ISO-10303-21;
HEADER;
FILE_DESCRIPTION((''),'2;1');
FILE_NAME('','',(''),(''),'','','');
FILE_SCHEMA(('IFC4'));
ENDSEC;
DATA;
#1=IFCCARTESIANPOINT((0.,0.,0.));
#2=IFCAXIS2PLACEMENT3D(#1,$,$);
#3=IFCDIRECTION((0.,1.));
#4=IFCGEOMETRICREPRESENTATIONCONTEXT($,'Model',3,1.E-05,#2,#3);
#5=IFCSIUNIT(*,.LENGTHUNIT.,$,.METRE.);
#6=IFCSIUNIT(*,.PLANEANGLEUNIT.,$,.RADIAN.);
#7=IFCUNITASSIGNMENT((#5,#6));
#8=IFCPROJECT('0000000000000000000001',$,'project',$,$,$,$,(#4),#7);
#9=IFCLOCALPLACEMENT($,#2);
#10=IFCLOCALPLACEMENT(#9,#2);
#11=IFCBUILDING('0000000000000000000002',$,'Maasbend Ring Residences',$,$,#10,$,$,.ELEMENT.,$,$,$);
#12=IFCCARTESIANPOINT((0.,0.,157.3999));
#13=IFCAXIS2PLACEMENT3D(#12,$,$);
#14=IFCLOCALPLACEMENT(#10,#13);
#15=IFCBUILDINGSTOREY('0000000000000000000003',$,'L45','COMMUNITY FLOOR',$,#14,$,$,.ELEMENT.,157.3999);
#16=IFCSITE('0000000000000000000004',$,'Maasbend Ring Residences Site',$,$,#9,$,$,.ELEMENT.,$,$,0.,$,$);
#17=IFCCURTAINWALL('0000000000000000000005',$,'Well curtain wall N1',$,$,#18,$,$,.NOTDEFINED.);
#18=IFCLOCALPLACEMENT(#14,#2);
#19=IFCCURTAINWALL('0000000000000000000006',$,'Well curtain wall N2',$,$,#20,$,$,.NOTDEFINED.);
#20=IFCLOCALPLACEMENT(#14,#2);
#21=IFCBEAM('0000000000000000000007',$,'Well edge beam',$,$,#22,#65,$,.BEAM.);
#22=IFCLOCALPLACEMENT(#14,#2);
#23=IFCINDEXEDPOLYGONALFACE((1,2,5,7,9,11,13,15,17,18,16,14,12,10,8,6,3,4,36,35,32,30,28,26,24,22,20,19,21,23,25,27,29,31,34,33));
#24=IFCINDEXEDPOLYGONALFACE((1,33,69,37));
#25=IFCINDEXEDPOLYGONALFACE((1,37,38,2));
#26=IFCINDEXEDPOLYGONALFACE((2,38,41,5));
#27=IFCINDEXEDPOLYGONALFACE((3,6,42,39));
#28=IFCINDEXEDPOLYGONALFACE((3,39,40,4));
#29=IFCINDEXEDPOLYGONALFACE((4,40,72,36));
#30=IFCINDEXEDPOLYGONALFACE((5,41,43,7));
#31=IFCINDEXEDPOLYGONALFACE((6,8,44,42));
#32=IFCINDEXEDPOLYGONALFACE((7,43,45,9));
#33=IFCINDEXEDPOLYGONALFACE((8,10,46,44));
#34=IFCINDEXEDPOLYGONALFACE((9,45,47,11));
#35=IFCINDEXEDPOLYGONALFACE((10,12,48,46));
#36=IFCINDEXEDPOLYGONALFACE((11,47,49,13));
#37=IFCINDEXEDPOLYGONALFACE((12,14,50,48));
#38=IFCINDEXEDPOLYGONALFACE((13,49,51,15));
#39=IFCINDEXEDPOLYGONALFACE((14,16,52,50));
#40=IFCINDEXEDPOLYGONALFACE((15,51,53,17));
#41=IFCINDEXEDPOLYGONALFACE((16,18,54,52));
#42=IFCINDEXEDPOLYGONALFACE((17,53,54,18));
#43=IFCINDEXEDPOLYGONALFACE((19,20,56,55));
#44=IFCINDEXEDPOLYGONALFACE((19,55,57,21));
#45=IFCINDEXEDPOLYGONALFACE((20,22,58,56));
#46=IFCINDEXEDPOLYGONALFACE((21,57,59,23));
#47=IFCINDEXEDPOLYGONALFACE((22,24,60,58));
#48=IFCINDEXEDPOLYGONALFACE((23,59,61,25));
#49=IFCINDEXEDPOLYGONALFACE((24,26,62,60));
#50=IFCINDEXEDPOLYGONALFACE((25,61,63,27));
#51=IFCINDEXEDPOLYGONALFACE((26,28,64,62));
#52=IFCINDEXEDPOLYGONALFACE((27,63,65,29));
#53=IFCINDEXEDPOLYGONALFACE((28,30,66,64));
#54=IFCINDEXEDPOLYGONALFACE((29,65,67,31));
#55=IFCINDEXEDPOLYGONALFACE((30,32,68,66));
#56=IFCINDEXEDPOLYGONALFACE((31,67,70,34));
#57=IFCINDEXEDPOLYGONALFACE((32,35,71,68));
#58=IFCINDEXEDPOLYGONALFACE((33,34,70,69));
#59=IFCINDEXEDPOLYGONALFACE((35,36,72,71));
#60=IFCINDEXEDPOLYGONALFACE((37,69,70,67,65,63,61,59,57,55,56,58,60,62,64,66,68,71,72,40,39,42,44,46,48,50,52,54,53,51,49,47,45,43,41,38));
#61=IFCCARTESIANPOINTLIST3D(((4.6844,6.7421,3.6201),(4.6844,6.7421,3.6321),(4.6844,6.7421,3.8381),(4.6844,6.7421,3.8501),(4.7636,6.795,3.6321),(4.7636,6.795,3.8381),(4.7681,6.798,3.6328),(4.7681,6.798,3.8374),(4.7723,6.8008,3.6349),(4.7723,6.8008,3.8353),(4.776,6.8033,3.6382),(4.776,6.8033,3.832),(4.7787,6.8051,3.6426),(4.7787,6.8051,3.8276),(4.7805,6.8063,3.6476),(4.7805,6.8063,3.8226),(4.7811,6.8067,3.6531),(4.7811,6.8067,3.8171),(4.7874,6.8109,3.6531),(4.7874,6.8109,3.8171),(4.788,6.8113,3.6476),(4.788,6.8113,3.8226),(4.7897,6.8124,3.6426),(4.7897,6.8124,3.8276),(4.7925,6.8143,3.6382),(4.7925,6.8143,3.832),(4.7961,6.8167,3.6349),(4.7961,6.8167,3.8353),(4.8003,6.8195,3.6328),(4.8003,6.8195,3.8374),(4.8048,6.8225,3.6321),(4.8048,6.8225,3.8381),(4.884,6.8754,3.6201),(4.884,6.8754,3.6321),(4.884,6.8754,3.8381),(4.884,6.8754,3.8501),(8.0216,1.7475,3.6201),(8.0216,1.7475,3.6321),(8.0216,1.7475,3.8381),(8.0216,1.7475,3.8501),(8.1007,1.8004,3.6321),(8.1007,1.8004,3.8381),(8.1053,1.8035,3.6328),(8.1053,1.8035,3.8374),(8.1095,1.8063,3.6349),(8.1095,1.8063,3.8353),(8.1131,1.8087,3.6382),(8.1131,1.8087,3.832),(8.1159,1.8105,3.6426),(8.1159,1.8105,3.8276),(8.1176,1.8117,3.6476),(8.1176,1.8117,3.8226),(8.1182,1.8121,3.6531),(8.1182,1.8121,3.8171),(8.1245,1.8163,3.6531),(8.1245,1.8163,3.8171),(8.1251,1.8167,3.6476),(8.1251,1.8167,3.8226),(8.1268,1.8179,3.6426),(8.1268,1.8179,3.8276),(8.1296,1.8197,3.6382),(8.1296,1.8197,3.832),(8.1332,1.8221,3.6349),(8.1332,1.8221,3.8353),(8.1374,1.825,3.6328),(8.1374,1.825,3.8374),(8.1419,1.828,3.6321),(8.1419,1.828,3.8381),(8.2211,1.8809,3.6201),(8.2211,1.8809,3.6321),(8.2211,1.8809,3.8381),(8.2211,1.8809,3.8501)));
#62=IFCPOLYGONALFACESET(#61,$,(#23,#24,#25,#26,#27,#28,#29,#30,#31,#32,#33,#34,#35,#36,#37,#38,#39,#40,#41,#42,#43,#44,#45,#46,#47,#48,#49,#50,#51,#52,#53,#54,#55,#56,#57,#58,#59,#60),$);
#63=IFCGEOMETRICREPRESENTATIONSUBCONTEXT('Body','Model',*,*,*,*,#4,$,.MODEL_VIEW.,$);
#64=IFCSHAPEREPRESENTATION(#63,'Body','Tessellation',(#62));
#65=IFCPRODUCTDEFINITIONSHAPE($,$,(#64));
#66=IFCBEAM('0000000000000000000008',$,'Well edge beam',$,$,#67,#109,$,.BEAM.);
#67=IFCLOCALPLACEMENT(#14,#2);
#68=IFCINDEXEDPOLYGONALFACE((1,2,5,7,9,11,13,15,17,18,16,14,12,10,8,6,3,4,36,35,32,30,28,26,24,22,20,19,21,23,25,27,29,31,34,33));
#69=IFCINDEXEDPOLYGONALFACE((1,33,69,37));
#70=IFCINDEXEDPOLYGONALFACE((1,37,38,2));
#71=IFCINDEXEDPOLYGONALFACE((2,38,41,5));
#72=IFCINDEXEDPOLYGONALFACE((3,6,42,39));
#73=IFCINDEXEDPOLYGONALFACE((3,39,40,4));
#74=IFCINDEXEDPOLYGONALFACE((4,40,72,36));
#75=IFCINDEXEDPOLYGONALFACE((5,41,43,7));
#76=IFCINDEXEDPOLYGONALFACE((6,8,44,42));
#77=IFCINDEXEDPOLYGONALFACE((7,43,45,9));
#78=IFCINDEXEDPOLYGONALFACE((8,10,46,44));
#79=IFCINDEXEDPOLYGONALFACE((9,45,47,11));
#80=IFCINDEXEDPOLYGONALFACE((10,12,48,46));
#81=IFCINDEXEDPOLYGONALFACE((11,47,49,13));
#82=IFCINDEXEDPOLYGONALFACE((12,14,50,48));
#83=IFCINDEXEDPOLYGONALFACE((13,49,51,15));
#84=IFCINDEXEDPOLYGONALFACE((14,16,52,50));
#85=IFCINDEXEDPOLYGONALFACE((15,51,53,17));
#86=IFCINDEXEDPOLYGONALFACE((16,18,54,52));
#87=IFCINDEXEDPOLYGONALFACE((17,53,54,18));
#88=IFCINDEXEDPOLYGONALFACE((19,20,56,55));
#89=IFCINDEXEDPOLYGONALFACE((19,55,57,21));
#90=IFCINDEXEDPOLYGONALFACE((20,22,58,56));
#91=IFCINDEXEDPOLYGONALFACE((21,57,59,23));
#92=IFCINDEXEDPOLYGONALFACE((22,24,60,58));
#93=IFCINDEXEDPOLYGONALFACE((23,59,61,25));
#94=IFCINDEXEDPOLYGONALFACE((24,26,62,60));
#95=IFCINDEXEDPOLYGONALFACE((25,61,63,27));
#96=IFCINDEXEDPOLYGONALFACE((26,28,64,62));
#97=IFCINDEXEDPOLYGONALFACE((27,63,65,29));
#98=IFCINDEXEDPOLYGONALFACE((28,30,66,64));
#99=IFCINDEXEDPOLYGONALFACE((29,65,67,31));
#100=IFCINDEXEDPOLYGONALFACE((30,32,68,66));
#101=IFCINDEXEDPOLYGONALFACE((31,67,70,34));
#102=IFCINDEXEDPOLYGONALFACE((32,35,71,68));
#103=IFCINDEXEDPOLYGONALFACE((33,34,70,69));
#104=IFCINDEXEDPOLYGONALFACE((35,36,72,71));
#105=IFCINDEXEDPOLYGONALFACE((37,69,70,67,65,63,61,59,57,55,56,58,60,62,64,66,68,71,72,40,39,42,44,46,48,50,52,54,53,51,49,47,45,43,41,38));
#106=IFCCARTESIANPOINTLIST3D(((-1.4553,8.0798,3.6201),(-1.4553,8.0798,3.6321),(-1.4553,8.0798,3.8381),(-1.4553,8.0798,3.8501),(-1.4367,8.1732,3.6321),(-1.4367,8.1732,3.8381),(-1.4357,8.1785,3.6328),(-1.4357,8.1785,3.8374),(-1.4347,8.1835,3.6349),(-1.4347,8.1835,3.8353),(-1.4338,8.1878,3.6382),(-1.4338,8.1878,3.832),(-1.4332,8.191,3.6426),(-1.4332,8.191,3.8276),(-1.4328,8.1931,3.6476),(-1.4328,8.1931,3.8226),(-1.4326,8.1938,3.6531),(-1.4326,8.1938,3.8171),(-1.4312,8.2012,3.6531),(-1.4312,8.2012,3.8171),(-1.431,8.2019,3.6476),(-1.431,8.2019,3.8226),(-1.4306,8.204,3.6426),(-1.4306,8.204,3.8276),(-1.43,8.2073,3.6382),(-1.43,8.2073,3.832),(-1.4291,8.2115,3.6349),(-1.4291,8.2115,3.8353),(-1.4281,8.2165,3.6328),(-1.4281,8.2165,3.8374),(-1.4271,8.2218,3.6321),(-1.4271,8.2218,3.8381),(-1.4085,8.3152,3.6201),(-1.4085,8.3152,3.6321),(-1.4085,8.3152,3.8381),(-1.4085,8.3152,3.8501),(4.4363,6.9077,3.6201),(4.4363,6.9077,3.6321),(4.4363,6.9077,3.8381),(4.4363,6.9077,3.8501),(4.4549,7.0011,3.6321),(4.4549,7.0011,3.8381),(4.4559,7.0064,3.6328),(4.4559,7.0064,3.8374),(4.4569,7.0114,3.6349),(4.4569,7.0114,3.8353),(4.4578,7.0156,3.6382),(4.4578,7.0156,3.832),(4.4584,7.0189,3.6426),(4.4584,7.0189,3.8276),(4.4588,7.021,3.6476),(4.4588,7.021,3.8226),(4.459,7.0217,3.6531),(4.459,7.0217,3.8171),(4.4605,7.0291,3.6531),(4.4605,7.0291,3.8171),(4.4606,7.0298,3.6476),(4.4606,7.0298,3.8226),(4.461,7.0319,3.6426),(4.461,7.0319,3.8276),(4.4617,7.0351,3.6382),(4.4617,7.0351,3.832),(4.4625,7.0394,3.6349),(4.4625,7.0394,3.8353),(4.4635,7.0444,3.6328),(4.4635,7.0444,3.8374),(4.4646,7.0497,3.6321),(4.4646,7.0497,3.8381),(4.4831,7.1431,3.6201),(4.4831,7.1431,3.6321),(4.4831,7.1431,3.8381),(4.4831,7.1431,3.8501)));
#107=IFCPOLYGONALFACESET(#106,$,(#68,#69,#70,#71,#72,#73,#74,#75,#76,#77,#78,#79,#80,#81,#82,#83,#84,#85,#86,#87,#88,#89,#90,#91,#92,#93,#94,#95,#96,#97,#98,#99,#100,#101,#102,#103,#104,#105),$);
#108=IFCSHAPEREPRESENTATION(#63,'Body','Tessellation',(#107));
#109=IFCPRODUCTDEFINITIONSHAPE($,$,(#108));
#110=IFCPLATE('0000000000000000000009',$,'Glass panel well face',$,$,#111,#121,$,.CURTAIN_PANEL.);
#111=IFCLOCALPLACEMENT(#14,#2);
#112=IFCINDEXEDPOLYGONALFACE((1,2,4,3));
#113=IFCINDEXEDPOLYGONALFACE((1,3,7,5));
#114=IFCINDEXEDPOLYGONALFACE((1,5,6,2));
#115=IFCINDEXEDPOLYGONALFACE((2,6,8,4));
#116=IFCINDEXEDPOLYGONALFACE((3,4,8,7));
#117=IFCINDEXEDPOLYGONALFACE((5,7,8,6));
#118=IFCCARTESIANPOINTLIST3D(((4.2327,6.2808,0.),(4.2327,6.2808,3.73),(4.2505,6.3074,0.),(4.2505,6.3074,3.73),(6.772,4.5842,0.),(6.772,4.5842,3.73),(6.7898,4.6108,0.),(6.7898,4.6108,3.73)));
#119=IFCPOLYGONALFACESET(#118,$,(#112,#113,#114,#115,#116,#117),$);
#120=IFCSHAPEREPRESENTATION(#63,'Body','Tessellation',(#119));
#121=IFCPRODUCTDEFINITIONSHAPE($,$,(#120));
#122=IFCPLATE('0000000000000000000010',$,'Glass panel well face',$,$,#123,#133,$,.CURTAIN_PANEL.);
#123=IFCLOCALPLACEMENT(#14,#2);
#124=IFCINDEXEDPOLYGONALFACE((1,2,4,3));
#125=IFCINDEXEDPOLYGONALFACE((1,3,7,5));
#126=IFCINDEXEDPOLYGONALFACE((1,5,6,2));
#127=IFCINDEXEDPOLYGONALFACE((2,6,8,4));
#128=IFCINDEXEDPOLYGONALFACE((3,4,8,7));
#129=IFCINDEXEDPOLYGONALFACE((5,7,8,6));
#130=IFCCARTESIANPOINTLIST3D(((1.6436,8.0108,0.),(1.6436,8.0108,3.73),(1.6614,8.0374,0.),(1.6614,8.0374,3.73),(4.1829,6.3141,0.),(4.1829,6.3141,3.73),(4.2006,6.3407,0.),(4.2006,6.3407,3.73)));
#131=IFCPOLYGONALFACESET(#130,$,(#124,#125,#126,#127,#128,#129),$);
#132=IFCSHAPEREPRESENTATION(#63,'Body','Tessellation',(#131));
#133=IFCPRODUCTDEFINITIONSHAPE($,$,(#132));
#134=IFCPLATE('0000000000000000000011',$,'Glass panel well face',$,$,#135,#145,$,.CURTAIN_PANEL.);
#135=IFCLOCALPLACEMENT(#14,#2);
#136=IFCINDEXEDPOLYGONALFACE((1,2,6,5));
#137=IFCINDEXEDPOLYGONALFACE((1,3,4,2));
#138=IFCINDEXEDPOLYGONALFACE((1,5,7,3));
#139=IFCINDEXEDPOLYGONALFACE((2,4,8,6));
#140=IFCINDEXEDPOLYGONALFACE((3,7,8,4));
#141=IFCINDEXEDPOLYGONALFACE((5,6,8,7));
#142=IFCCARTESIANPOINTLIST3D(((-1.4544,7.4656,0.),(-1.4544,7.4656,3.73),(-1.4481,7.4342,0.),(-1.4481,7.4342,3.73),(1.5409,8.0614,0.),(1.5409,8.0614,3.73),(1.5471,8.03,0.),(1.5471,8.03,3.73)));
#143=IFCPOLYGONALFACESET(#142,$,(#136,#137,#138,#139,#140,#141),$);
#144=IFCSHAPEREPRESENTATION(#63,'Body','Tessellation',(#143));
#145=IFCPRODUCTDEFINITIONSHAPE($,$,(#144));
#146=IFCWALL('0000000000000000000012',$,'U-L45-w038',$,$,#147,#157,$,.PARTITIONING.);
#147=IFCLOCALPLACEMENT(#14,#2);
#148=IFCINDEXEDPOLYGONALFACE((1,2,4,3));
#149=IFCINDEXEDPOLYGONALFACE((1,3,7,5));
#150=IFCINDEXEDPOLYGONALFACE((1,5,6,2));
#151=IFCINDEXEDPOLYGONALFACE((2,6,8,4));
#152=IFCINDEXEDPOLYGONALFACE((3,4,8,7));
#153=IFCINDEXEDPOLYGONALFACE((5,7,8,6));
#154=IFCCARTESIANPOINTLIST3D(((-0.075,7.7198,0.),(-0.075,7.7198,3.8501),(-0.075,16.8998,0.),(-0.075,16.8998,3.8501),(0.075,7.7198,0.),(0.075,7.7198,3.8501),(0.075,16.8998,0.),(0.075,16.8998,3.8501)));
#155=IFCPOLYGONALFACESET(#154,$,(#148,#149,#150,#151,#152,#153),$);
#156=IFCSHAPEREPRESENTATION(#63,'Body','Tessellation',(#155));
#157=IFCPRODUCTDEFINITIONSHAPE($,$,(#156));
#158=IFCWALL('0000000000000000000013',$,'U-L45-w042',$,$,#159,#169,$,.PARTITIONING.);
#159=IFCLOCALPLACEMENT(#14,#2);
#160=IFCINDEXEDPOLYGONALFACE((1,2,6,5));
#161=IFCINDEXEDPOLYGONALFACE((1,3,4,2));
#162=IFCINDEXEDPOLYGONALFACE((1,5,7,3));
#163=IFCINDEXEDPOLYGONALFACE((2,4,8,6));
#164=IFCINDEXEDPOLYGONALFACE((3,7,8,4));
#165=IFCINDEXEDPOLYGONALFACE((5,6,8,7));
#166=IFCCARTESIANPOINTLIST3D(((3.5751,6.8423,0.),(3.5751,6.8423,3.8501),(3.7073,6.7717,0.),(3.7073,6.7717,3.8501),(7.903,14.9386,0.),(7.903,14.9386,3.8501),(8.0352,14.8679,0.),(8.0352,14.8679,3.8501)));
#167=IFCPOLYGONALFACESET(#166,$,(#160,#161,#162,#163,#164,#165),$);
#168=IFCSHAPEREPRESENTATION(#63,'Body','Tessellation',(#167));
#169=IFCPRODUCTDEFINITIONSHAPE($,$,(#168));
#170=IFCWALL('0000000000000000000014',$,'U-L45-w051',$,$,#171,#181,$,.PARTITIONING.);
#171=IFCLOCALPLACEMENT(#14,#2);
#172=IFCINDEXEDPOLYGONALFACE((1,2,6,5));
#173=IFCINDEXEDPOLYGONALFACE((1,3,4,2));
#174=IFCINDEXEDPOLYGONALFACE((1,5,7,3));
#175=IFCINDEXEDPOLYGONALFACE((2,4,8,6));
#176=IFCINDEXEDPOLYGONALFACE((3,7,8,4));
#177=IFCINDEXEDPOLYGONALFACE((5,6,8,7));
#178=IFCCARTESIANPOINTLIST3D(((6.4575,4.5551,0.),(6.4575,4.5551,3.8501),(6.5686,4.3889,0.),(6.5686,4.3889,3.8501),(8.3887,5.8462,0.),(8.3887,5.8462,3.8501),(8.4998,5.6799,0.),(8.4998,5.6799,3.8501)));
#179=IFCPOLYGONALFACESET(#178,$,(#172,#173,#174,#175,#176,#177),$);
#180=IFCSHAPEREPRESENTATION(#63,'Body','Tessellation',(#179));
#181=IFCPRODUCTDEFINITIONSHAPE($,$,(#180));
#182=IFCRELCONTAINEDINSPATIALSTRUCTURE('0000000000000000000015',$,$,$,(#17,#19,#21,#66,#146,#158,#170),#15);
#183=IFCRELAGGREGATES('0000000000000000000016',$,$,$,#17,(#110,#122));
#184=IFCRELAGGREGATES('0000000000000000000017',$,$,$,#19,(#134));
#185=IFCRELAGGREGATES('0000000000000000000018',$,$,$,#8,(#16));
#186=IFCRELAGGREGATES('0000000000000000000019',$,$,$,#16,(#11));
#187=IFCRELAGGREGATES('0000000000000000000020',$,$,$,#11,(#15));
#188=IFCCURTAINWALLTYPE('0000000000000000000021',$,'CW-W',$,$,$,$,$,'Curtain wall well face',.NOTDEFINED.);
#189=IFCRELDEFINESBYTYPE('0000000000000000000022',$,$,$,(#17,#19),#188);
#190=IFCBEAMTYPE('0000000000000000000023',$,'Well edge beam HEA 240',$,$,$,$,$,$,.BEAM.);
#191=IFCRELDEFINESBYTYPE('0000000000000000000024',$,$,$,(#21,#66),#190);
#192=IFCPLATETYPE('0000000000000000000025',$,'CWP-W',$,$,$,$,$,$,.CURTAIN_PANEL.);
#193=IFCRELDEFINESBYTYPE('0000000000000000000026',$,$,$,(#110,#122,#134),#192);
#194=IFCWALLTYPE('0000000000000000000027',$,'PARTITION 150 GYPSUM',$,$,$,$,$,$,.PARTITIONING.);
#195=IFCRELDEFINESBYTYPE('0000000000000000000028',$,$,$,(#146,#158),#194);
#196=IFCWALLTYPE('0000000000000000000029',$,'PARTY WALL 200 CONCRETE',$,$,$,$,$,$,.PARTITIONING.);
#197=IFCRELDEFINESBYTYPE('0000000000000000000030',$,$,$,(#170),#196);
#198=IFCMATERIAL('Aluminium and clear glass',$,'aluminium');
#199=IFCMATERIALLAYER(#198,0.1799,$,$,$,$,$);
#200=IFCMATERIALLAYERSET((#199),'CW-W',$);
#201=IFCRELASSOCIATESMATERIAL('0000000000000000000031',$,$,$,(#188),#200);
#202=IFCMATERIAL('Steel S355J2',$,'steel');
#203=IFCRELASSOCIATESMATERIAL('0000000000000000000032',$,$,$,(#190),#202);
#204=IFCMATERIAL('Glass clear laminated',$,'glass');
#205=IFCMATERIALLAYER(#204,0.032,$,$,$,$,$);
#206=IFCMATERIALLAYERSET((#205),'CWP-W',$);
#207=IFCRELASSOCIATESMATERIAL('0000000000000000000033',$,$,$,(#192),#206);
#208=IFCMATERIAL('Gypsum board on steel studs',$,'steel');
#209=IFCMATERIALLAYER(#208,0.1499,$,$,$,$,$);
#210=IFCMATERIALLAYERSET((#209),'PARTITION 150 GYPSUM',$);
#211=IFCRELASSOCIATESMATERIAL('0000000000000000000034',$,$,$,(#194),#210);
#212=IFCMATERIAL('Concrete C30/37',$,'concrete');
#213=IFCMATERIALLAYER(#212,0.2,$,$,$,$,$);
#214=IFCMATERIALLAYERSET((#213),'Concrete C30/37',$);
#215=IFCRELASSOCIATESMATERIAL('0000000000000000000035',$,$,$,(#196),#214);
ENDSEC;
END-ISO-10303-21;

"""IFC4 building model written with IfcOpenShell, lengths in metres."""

from ifc_helpers import new_model, si_unit, direction, frame, frame_2d, origin, origin_2d, place, context, subcontext, project, spatial, rectangle, i_section, extrude, material, layer, layer_set, material_profile, profile_set, type_object, element, aggregate, save


model = new_model("IFC4")

# Units and contexts
model_context = context("Model", 3, precision=1e-05, world=origin(), true_north=direction((0.0, 1.0)))
body_context = subcontext(model_context, "Body", "Model", "MODEL_VIEW")
ifc_project = project(units=[si_unit("LENGTHUNIT", "METRE"), si_unit("PLANEANGLEUNIT", "RADIAN")], contexts=[model_context])

# Site, building, storey
site_placement = place(None, origin())
site = spatial("IfcSite", under=ifc_project, at=site_placement, Name="Maasbend Ring Residences Site", CompositionType="ELEMENT", RefElevation=0.0)
building_placement = place(site_placement, origin())
building = spatial("IfcBuilding", under=site, at=building_placement, Name="Maasbend Ring Residences", CompositionType="ELEMENT")
storey_placement = place(building_placement, frame((0.0, 0.0, 157.3999)))
storey = spatial("IfcBuildingStorey", under=building, at=storey_placement, Name="L45", Description="COMMUNITY FLOOR", CompositionType="ELEMENT", Elevation=157.3999)

# Curtain wall
ifc_material_1 = material(Name="Aluminium and clear glass", Category="aluminium")
ifc_layer_1 = layer(ifc_material_1, 0.1799)
ifc_layer_set_1 = layer_set([ifc_layer_1], Name="CW-W")
curtain_wall_type = type_object("IfcCurtainWallType", Name="CW-W", ElementType="Curtain wall well face", PredefinedType="NOTDEFINED", material=ifc_layer_set_1)
curtain_wall_1_placement = place(storey_placement, origin())
curtain_wall_1 = element("IfcCurtainWall", 1, at=curtain_wall_1_placement, inside=storey, type_object=curtain_wall_type, Name="Well curtain wall N1", PredefinedType="NOTDEFINED")

# Curtain wall
curtain_wall_2_placement = place(storey_placement, origin())
curtain_wall_2 = element("IfcCurtainWall", 2, at=curtain_wall_2_placement, inside=storey, type_object=curtain_wall_type, Name="Well curtain wall N2", PredefinedType="NOTDEFINED")

# Beams
ifc_material_2 = material(Name="Steel S355J2", Category="steel")
ifc_material_profile_1 = material_profile(ifc_material_2, i_section(OverallWidth=0.24, OverallDepth=0.23, WebThickness=0.0076, FlangeThickness=0.012, FilletRadius=0.021, at=origin_2d()), Name="HEA 240")
ifc_profile_set_1 = profile_set([ifc_material_profile_1], Name="Steel S355J2")
beam_type = type_object("IfcBeamType", Name="Well edge beam HEA 240", PredefinedType="BEAM", material=ifc_profile_set_1)
beam_1_placement = place(storey_placement, frame((8.1213, 1.8142, 3.7351), z_axis=(-0.555553, 0.831481, 0.0), x_axis=(-0.831481, -0.555553, 0.0)))
element("IfcBeam", 3, at=beam_1_placement, inside=storey, type_object=beam_type, Name="Well edge beam", PredefinedType="BEAM", context=body_context, shape_type="SweptSolid", body=[
    extrude(i_section(OverallWidth=0.24, OverallDepth=0.23, WebThickness=0.0076, FlangeThickness=0.012, FilletRadius=0.021, at=origin_2d()), origin(), (0.0, 0.0, 1.0), 6.0068),
])
beam_2_placement = place(storey_placement, frame((4.4597, 7.0254, 3.7351), z_axis=(-0.980779, 0.195123, 0.0), x_axis=(-0.195123, -0.980779, 0.0)))
element("IfcBeam", 4, at=beam_2_placement, inside=storey, type_object=beam_type, Name="Well edge beam", PredefinedType="BEAM", context=body_context, shape_type="SweptSolid", body=[
    extrude(i_section(OverallWidth=0.24, OverallDepth=0.23, WebThickness=0.0076, FlangeThickness=0.012, FilletRadius=0.021, at=origin_2d()), origin(), (0.0, 0.0, 1.0), 6.0071),
])

# Plates
ifc_material_3 = material(Name="Glass clear laminated", Category="glass")
ifc_layer_2 = layer(ifc_material_3, 0.032)
ifc_layer_set_2 = layer_set([ifc_layer_2], Name="CWP-W")
plate_type = type_object("IfcPlateType", Name="CWP-W", PredefinedType="CURTAIN_PANEL", material=ifc_layer_set_2)
plate_1_placement = place(storey_placement, frame((5.5112, 5.4458, 0.0), z_axis=(0.0, 0.0, 1.0), x_axis=(-0.83147, 0.55557, 0.0)))
plate_1 = element("IfcPlate", 5, at=plate_1_placement, type_object=plate_type, Name="Glass panel well face", PredefinedType="CURTAIN_PANEL", context=body_context, shape_type="SweptSolid", body=[
    extrude(rectangle(XDim=3.054, YDim=0.032, at=origin_2d()), origin(), (0.0, 0.0, 1.0), 3.73),
])
plate_2_placement = place(storey_placement, frame((2.9221, 7.1758, 0.0), z_axis=(0.0, 0.0, 1.0), x_axis=(-0.83147, 0.55557, 0.0)))
plate_2 = element("IfcPlate", 6, at=plate_2_placement, type_object=plate_type, Name="Glass panel well face", PredefinedType="CURTAIN_PANEL", context=body_context, shape_type="SweptSolid", body=[
    extrude(rectangle(XDim=3.054, YDim=0.032, at=origin_2d()), origin(), (0.0, 0.0, 1.0), 3.73),
])
aggregate(curtain_wall_1, [plate_1, plate_2])
plate_3_placement = place(storey_placement, frame((0.0464, 7.7478, 0.0), z_axis=(0.0, 0.0, 1.0), x_axis=(-0.980785, -0.19509, 0.0)))
plate_3 = element("IfcPlate", 7, at=plate_3_placement, type_object=plate_type, Name="Glass panel well face", PredefinedType="CURTAIN_PANEL", context=body_context, shape_type="SweptSolid", body=[
    extrude(rectangle(XDim=3.054, YDim=0.032, at=origin_2d()), origin(), (0.0, 0.0, 1.0), 3.73),
])
aggregate(curtain_wall_2, [plate_3])

# Walls
ifc_material_4 = material(Name="Gypsum board on steel studs", Category="steel")
ifc_layer_3 = layer(ifc_material_4, 0.1499)
ifc_layer_set_3 = layer_set([ifc_layer_3], Name="PARTITION 150 GYPSUM")
wall_type_1 = type_object("IfcWallType", Name="PARTITION 150 GYPSUM", PredefinedType="PARTITIONING", material=ifc_layer_set_3)
wall_1_placement = place(storey_placement, frame((0.0, 7.72, 0.0), z_axis=(0.0, 0.0, 1.0), x_axis=(0.0, 1.0, 0.0)))
element("IfcWall", 8, at=wall_1_placement, inside=storey, type_object=wall_type_1, Name="U-L45-w038", PredefinedType="PARTITIONING", context=body_context, shape_type="SweptSolid", body=[
    extrude(rectangle(XDim=9.1799, YDim=0.1499, at=frame_2d((4.5898, 0.0))), origin(), (0.0, 0.0, 1.0), 3.8501),
])
wall_2_placement = place(storey_placement, frame((3.6411, 6.8069, 0.0), z_axis=(0.0, 0.0, 1.0), x_axis=(0.471429, 0.881904, 0.0)))
element("IfcWall", 9, at=wall_2_placement, inside=storey, type_object=wall_type_1, Name="U-L45-w042", PredefinedType="PARTITIONING", context=body_context, shape_type="SweptSolid", body=[
    extrude(rectangle(XDim=9.1804, YDim=0.1499, at=frame_2d((4.5903, 0.0))), origin(), (0.0, 0.0, 1.0), 3.8501),
])
ifc_material_5 = material(Name="Concrete C30/37", Category="concrete")
ifc_layer_4 = layer(ifc_material_5, 0.2)
ifc_layer_set_4 = layer_set([ifc_layer_4], Name="Concrete C30/37")
wall_type_2 = type_object("IfcWallType", Name="PARTY WALL 200 CONCRETE", PredefinedType="PARTITIONING", material=ifc_layer_set_4)
wall_3_placement = place(storey_placement, frame((6.5129, 4.4719, 0.0), z_axis=(0.0, 0.0, 1.0), x_axis=(0.831338, 0.555767, 0.0)))
element("IfcWall", 10, at=wall_3_placement, inside=storey, type_object=wall_type_2, Name="U-L45-w051", PredefinedType="PARTITIONING", context=body_context, shape_type="SweptSolid", body=[
    extrude(rectangle(XDim=2.323, YDim=0.2, at=frame_2d((1.1616, 0.0))), origin(), (0.0, 0.0, 1.0), 3.8501),
])

save(model, "model.ifc")
